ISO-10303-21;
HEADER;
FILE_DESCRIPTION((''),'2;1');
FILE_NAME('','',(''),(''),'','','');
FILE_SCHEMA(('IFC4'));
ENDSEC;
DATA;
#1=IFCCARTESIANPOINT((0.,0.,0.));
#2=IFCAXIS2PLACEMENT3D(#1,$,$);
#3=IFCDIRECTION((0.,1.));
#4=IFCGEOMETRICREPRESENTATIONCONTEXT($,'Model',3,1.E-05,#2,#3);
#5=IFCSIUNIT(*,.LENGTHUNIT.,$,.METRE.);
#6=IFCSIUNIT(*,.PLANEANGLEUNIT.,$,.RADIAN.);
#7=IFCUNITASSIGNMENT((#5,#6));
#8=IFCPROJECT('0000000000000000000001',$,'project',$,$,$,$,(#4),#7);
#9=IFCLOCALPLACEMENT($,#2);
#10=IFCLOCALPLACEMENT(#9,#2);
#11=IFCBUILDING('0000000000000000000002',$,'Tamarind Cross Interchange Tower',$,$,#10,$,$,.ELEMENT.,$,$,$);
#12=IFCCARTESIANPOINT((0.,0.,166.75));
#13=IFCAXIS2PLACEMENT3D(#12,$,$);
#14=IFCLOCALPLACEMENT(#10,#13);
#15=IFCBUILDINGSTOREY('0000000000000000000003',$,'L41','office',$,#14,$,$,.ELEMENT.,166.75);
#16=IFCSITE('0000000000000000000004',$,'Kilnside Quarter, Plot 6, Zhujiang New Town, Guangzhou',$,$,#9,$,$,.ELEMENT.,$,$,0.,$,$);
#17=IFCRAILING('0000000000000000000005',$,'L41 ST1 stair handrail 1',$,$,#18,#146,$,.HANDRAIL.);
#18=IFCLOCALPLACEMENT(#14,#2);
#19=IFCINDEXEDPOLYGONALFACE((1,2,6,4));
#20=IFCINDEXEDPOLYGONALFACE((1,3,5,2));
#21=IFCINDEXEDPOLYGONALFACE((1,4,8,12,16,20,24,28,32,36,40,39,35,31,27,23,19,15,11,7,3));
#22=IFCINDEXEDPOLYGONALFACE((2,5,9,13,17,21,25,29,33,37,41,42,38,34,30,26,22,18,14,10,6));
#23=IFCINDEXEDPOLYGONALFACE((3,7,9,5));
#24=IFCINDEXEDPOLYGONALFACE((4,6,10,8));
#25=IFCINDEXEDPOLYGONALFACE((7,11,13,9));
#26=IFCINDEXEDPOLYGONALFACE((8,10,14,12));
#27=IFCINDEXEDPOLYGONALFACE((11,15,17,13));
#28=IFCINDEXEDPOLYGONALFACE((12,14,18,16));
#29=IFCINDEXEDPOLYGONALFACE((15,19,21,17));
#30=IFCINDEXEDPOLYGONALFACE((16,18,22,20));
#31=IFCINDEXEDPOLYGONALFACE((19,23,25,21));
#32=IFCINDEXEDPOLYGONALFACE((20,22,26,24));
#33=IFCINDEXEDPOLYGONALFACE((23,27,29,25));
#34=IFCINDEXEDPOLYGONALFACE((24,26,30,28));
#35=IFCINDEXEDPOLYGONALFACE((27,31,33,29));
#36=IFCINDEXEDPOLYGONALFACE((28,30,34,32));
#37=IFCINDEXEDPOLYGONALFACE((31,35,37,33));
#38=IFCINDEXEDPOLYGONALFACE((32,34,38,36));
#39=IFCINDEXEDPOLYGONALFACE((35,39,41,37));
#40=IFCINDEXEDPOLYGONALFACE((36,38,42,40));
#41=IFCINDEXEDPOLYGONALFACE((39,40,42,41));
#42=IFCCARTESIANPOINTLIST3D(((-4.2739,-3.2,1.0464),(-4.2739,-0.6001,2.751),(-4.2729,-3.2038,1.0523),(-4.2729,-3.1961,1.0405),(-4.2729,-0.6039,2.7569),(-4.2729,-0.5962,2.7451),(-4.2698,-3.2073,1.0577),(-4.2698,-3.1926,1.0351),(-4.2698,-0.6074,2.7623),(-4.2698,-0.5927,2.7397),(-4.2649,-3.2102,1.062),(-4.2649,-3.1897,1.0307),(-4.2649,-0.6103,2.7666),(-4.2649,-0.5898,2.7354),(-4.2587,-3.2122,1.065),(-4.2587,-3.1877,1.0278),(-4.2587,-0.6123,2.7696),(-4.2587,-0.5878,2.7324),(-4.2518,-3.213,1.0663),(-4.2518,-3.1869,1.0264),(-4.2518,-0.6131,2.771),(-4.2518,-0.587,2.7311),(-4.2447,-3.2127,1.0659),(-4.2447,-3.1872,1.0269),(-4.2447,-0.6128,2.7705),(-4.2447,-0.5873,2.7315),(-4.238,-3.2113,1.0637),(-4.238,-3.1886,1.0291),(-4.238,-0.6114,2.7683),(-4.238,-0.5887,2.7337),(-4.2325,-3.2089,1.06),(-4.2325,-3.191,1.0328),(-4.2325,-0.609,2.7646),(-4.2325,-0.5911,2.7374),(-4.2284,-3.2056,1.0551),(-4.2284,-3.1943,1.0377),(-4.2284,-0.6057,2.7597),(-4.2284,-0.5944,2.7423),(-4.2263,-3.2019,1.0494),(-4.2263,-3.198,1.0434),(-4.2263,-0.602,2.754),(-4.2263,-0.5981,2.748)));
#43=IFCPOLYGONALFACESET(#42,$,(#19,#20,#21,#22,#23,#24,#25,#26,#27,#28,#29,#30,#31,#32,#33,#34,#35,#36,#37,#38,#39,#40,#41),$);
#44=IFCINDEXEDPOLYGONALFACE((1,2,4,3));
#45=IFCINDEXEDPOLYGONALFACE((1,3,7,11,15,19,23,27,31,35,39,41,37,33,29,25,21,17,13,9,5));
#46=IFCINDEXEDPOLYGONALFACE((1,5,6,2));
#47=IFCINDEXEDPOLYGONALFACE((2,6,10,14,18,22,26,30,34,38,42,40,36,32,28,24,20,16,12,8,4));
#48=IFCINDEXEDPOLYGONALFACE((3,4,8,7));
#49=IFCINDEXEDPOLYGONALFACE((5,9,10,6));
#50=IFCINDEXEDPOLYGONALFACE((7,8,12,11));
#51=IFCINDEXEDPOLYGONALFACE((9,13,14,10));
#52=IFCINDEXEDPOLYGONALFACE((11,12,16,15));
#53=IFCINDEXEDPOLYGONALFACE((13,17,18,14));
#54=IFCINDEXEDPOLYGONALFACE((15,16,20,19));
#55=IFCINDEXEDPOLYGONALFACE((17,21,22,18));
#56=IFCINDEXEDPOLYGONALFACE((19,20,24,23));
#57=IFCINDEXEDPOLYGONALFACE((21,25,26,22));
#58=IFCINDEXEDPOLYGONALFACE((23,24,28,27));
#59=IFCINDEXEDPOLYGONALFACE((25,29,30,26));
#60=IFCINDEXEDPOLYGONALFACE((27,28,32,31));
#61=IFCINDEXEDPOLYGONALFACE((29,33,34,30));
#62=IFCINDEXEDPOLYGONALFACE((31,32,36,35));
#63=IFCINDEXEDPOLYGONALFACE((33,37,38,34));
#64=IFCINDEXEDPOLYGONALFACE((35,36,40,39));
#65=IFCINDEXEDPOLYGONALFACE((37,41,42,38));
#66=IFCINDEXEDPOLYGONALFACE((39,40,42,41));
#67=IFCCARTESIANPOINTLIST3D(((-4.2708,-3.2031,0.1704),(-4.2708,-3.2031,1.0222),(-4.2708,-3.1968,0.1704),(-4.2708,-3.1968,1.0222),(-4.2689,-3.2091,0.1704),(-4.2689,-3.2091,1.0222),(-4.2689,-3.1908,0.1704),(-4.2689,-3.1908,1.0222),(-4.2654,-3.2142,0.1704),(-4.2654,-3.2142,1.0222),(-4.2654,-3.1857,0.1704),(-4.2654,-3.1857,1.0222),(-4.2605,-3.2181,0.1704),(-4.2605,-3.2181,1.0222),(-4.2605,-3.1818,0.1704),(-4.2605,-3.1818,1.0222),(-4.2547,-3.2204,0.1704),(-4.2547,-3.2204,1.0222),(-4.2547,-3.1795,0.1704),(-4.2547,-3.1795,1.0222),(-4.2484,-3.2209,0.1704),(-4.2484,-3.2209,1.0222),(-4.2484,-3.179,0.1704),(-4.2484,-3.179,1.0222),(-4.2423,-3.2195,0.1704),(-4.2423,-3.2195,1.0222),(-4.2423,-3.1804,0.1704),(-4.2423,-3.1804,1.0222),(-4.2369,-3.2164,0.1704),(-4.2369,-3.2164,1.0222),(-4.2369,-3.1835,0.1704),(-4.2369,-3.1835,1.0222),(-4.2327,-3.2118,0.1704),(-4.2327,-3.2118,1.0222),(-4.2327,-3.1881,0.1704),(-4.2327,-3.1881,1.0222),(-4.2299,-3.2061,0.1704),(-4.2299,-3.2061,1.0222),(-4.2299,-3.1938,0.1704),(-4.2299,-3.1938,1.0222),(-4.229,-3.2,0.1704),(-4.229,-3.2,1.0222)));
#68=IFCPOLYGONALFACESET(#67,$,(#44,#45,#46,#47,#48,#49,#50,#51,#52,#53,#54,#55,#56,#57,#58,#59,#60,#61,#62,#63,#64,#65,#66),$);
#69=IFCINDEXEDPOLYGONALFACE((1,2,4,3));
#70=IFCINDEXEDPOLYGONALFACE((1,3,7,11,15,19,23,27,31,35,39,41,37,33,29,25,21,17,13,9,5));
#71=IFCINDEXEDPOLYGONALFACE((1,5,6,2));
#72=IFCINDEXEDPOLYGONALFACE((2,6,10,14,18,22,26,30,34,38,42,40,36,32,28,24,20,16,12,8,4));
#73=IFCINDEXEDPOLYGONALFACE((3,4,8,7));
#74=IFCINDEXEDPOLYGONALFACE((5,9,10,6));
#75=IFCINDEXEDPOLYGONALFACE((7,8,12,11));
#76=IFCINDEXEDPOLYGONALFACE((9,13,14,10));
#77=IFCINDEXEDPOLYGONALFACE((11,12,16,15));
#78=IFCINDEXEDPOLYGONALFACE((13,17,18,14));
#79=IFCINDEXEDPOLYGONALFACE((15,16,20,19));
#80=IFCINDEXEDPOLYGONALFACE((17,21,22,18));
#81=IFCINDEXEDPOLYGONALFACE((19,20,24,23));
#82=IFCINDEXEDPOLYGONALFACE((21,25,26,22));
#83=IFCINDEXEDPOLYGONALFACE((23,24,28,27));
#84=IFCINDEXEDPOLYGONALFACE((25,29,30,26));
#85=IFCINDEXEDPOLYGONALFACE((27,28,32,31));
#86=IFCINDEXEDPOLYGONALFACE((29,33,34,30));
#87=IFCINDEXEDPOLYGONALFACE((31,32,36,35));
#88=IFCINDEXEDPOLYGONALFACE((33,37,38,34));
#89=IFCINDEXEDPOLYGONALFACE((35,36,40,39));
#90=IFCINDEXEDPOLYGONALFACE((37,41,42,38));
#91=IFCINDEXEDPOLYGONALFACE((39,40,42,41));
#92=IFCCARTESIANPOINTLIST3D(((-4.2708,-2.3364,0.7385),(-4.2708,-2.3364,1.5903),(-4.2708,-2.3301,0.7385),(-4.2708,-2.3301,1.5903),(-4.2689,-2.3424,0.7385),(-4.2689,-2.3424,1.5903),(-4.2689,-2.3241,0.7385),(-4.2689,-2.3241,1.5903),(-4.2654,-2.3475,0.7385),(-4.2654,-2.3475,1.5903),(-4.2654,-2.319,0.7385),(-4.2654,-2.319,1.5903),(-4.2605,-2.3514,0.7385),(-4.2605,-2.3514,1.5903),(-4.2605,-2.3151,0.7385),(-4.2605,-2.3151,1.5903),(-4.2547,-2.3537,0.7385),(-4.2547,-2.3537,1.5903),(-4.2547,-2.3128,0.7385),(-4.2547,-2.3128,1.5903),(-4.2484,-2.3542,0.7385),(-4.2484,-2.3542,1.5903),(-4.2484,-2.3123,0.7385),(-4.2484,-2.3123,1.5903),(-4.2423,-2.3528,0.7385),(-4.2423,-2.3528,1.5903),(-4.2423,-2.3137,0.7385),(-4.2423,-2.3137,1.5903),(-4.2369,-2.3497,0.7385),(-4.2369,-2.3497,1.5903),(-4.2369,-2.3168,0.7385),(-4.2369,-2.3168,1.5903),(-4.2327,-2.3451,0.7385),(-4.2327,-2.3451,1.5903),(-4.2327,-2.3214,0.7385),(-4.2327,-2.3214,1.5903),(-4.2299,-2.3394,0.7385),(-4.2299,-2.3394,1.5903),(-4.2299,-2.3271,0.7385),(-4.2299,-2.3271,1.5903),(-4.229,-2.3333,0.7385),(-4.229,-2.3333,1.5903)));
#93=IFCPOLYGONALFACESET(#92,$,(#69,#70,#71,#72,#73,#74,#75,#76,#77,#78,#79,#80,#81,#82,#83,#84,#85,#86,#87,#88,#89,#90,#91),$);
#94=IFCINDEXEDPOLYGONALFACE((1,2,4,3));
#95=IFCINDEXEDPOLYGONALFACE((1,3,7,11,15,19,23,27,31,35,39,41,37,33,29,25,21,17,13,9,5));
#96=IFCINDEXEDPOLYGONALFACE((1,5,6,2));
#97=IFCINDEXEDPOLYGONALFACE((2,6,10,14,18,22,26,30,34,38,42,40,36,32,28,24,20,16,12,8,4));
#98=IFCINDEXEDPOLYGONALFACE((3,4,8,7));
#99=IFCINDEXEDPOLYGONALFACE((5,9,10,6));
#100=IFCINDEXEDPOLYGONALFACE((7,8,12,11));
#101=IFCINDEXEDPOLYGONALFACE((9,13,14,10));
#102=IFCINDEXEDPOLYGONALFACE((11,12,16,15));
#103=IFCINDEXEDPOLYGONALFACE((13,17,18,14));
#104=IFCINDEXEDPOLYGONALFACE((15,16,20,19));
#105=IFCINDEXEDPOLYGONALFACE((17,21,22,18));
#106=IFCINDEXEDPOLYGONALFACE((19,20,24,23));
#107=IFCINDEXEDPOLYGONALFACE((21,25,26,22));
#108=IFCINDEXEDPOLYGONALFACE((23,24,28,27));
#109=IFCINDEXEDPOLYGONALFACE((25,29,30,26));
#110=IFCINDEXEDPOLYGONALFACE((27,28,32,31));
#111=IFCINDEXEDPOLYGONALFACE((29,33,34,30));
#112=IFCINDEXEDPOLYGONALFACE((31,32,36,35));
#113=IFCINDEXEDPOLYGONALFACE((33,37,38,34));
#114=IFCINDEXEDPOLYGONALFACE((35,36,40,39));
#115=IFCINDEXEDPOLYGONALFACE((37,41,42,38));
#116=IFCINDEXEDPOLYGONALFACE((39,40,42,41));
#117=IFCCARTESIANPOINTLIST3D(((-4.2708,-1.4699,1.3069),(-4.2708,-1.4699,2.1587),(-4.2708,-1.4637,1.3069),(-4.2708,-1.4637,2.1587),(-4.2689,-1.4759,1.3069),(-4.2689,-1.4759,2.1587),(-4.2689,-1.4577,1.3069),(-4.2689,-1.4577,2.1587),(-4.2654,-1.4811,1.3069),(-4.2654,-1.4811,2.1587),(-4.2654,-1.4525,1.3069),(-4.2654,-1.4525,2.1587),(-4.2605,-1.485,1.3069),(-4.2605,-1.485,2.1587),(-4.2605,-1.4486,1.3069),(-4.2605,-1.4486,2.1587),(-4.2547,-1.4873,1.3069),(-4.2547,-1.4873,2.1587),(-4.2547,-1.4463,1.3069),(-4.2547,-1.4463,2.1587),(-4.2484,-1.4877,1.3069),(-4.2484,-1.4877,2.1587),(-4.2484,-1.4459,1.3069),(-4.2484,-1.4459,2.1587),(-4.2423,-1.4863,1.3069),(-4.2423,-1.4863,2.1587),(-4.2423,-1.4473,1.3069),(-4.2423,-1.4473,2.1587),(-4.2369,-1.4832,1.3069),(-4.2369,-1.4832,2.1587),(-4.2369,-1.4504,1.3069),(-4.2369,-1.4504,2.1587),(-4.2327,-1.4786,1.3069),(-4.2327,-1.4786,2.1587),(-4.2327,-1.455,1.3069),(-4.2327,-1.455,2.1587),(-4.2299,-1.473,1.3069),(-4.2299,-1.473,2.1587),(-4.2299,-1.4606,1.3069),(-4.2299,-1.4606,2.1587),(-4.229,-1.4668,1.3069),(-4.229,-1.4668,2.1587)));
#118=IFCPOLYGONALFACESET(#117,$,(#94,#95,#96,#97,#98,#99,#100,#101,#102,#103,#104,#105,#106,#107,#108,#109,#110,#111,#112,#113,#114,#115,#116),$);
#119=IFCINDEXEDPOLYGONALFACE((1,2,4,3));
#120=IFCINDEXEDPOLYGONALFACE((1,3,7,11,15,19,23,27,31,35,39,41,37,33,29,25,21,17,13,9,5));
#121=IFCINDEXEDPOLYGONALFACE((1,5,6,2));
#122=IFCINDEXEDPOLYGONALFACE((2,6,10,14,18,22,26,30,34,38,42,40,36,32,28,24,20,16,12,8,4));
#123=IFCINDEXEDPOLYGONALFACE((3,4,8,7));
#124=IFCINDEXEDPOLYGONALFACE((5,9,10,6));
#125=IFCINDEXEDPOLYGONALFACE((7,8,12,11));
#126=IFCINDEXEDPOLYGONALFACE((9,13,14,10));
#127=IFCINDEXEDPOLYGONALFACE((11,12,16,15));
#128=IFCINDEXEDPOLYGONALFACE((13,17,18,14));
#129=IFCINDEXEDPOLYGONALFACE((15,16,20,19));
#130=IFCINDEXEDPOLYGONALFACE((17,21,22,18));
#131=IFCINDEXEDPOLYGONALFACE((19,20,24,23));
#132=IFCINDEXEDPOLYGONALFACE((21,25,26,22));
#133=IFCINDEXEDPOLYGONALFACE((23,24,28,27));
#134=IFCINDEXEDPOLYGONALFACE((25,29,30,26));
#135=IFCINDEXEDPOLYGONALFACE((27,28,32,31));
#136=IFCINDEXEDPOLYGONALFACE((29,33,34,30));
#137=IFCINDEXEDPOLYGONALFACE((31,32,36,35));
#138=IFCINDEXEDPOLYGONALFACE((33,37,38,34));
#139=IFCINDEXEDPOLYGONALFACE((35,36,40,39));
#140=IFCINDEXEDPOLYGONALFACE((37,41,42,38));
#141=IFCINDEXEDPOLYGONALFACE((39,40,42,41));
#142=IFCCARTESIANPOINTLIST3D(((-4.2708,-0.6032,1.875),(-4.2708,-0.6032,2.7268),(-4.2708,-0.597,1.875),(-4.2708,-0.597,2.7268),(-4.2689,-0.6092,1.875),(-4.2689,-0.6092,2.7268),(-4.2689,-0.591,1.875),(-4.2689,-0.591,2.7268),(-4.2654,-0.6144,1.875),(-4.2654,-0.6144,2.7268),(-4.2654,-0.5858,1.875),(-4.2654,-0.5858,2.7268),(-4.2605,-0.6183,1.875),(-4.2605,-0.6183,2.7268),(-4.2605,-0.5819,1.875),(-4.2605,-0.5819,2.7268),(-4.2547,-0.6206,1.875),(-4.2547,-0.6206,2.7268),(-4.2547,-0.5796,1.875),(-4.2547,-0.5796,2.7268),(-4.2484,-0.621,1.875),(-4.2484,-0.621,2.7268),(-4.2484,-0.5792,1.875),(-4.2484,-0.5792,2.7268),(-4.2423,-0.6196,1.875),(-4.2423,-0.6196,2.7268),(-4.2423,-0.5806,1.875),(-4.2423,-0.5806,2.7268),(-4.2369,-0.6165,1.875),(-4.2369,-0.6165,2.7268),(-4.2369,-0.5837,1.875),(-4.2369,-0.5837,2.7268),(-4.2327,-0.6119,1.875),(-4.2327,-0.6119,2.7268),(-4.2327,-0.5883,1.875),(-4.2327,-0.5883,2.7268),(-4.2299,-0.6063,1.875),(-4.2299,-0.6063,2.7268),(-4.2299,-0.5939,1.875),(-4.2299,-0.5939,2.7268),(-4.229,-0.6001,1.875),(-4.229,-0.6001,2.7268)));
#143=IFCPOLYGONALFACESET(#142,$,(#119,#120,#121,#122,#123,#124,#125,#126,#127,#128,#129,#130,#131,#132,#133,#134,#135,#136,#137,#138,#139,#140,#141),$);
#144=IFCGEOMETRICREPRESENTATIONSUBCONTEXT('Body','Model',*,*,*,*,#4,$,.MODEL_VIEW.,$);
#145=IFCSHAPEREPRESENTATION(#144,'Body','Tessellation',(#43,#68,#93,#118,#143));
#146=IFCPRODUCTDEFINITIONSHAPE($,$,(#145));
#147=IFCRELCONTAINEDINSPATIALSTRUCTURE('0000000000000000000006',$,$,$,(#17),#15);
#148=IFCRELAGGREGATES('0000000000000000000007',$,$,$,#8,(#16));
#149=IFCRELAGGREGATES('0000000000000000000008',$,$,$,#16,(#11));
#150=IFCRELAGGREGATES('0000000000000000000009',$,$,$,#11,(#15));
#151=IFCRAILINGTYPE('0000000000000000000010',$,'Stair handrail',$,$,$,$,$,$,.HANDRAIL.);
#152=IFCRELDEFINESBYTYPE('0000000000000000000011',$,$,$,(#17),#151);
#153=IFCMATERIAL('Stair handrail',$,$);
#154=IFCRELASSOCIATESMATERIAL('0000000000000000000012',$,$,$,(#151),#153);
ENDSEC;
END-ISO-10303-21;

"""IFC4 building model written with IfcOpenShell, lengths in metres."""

from ifc_helpers import new_model, si_unit, direction, frame, origin, origin_2d, place, context, subcontext, project, spatial, circle, extrude, material, type_object, element, save


model = new_model("IFC4")

# Units and contexts
model_context = context("Model", 3, precision=1e-05, world=origin(), true_north=direction((0.0, 1.0)))
body_context = subcontext(model_context, "Body", "Model", "MODEL_VIEW")
ifc_project = project(units=[si_unit("LENGTHUNIT", "METRE"), si_unit("PLANEANGLEUNIT", "RADIAN")], contexts=[model_context])

# Site, building, storey
site_placement = place(None, origin())
site = spatial("IfcSite", under=ifc_project, at=site_placement, Name="Kilnside Quarter, Plot 6, Zhujiang New Town, Guangzhou", CompositionType="ELEMENT", RefElevation=0.0)
building_placement = place(site_placement, origin())
building = spatial("IfcBuilding", under=site, at=building_placement, Name="Tamarind Cross Interchange Tower", CompositionType="ELEMENT")
storey_placement = place(building_placement, frame((0.0, 0.0, 166.75)))
storey = spatial("IfcBuildingStorey", under=building, at=storey_placement, Name="L41", Description="office", CompositionType="ELEMENT", Elevation=166.75)

# Railing
ifc_material_1 = material(Name="Stair handrail")
railing_type_1 = type_object("IfcRailingType", Name="Stair handrail", PredefinedType="HANDRAIL", material=ifc_material_1)
railing_1_placement = place(storey_placement, frame((-4.25, -3.2, 0.1704)))
element("IfcRailing", 1, at=railing_1_placement, inside=storey, type_object=railing_type_1, Name="L41 ST1 stair handrail 1", PredefinedType="HANDRAIL", context=body_context, shape_type="SweptSolid", body=[
    extrude(circle(Radius=0.0239, at=origin_2d()), frame((0.0, 0.0, 0.876), z_axis=(0.0, 0.836279, 0.548305), x_axis=(-1.0, 0.0, 0.0)), (0.0, 0.0, 1.0), 3.1089),
    extrude(circle(Radius=0.021, at=origin_2d()), origin(), (0.0, 0.0, 1.0), 0.8518),
    extrude(circle(Radius=0.021, at=origin_2d()), frame((0.0, 0.8667, 0.5681)), (0.0, 0.0, 1.0), 0.8518),
    extrude(circle(Radius=0.021, at=origin_2d()), frame((0.0, 1.7332, 1.1365)), (0.0, 0.0, 1.0), 0.8518),
    extrude(circle(Radius=0.021, at=origin_2d()), frame((0.0, 2.5999, 1.7046)), (0.0, 0.0, 1.0), 0.8518),
])

save(model, "model.ifc")
